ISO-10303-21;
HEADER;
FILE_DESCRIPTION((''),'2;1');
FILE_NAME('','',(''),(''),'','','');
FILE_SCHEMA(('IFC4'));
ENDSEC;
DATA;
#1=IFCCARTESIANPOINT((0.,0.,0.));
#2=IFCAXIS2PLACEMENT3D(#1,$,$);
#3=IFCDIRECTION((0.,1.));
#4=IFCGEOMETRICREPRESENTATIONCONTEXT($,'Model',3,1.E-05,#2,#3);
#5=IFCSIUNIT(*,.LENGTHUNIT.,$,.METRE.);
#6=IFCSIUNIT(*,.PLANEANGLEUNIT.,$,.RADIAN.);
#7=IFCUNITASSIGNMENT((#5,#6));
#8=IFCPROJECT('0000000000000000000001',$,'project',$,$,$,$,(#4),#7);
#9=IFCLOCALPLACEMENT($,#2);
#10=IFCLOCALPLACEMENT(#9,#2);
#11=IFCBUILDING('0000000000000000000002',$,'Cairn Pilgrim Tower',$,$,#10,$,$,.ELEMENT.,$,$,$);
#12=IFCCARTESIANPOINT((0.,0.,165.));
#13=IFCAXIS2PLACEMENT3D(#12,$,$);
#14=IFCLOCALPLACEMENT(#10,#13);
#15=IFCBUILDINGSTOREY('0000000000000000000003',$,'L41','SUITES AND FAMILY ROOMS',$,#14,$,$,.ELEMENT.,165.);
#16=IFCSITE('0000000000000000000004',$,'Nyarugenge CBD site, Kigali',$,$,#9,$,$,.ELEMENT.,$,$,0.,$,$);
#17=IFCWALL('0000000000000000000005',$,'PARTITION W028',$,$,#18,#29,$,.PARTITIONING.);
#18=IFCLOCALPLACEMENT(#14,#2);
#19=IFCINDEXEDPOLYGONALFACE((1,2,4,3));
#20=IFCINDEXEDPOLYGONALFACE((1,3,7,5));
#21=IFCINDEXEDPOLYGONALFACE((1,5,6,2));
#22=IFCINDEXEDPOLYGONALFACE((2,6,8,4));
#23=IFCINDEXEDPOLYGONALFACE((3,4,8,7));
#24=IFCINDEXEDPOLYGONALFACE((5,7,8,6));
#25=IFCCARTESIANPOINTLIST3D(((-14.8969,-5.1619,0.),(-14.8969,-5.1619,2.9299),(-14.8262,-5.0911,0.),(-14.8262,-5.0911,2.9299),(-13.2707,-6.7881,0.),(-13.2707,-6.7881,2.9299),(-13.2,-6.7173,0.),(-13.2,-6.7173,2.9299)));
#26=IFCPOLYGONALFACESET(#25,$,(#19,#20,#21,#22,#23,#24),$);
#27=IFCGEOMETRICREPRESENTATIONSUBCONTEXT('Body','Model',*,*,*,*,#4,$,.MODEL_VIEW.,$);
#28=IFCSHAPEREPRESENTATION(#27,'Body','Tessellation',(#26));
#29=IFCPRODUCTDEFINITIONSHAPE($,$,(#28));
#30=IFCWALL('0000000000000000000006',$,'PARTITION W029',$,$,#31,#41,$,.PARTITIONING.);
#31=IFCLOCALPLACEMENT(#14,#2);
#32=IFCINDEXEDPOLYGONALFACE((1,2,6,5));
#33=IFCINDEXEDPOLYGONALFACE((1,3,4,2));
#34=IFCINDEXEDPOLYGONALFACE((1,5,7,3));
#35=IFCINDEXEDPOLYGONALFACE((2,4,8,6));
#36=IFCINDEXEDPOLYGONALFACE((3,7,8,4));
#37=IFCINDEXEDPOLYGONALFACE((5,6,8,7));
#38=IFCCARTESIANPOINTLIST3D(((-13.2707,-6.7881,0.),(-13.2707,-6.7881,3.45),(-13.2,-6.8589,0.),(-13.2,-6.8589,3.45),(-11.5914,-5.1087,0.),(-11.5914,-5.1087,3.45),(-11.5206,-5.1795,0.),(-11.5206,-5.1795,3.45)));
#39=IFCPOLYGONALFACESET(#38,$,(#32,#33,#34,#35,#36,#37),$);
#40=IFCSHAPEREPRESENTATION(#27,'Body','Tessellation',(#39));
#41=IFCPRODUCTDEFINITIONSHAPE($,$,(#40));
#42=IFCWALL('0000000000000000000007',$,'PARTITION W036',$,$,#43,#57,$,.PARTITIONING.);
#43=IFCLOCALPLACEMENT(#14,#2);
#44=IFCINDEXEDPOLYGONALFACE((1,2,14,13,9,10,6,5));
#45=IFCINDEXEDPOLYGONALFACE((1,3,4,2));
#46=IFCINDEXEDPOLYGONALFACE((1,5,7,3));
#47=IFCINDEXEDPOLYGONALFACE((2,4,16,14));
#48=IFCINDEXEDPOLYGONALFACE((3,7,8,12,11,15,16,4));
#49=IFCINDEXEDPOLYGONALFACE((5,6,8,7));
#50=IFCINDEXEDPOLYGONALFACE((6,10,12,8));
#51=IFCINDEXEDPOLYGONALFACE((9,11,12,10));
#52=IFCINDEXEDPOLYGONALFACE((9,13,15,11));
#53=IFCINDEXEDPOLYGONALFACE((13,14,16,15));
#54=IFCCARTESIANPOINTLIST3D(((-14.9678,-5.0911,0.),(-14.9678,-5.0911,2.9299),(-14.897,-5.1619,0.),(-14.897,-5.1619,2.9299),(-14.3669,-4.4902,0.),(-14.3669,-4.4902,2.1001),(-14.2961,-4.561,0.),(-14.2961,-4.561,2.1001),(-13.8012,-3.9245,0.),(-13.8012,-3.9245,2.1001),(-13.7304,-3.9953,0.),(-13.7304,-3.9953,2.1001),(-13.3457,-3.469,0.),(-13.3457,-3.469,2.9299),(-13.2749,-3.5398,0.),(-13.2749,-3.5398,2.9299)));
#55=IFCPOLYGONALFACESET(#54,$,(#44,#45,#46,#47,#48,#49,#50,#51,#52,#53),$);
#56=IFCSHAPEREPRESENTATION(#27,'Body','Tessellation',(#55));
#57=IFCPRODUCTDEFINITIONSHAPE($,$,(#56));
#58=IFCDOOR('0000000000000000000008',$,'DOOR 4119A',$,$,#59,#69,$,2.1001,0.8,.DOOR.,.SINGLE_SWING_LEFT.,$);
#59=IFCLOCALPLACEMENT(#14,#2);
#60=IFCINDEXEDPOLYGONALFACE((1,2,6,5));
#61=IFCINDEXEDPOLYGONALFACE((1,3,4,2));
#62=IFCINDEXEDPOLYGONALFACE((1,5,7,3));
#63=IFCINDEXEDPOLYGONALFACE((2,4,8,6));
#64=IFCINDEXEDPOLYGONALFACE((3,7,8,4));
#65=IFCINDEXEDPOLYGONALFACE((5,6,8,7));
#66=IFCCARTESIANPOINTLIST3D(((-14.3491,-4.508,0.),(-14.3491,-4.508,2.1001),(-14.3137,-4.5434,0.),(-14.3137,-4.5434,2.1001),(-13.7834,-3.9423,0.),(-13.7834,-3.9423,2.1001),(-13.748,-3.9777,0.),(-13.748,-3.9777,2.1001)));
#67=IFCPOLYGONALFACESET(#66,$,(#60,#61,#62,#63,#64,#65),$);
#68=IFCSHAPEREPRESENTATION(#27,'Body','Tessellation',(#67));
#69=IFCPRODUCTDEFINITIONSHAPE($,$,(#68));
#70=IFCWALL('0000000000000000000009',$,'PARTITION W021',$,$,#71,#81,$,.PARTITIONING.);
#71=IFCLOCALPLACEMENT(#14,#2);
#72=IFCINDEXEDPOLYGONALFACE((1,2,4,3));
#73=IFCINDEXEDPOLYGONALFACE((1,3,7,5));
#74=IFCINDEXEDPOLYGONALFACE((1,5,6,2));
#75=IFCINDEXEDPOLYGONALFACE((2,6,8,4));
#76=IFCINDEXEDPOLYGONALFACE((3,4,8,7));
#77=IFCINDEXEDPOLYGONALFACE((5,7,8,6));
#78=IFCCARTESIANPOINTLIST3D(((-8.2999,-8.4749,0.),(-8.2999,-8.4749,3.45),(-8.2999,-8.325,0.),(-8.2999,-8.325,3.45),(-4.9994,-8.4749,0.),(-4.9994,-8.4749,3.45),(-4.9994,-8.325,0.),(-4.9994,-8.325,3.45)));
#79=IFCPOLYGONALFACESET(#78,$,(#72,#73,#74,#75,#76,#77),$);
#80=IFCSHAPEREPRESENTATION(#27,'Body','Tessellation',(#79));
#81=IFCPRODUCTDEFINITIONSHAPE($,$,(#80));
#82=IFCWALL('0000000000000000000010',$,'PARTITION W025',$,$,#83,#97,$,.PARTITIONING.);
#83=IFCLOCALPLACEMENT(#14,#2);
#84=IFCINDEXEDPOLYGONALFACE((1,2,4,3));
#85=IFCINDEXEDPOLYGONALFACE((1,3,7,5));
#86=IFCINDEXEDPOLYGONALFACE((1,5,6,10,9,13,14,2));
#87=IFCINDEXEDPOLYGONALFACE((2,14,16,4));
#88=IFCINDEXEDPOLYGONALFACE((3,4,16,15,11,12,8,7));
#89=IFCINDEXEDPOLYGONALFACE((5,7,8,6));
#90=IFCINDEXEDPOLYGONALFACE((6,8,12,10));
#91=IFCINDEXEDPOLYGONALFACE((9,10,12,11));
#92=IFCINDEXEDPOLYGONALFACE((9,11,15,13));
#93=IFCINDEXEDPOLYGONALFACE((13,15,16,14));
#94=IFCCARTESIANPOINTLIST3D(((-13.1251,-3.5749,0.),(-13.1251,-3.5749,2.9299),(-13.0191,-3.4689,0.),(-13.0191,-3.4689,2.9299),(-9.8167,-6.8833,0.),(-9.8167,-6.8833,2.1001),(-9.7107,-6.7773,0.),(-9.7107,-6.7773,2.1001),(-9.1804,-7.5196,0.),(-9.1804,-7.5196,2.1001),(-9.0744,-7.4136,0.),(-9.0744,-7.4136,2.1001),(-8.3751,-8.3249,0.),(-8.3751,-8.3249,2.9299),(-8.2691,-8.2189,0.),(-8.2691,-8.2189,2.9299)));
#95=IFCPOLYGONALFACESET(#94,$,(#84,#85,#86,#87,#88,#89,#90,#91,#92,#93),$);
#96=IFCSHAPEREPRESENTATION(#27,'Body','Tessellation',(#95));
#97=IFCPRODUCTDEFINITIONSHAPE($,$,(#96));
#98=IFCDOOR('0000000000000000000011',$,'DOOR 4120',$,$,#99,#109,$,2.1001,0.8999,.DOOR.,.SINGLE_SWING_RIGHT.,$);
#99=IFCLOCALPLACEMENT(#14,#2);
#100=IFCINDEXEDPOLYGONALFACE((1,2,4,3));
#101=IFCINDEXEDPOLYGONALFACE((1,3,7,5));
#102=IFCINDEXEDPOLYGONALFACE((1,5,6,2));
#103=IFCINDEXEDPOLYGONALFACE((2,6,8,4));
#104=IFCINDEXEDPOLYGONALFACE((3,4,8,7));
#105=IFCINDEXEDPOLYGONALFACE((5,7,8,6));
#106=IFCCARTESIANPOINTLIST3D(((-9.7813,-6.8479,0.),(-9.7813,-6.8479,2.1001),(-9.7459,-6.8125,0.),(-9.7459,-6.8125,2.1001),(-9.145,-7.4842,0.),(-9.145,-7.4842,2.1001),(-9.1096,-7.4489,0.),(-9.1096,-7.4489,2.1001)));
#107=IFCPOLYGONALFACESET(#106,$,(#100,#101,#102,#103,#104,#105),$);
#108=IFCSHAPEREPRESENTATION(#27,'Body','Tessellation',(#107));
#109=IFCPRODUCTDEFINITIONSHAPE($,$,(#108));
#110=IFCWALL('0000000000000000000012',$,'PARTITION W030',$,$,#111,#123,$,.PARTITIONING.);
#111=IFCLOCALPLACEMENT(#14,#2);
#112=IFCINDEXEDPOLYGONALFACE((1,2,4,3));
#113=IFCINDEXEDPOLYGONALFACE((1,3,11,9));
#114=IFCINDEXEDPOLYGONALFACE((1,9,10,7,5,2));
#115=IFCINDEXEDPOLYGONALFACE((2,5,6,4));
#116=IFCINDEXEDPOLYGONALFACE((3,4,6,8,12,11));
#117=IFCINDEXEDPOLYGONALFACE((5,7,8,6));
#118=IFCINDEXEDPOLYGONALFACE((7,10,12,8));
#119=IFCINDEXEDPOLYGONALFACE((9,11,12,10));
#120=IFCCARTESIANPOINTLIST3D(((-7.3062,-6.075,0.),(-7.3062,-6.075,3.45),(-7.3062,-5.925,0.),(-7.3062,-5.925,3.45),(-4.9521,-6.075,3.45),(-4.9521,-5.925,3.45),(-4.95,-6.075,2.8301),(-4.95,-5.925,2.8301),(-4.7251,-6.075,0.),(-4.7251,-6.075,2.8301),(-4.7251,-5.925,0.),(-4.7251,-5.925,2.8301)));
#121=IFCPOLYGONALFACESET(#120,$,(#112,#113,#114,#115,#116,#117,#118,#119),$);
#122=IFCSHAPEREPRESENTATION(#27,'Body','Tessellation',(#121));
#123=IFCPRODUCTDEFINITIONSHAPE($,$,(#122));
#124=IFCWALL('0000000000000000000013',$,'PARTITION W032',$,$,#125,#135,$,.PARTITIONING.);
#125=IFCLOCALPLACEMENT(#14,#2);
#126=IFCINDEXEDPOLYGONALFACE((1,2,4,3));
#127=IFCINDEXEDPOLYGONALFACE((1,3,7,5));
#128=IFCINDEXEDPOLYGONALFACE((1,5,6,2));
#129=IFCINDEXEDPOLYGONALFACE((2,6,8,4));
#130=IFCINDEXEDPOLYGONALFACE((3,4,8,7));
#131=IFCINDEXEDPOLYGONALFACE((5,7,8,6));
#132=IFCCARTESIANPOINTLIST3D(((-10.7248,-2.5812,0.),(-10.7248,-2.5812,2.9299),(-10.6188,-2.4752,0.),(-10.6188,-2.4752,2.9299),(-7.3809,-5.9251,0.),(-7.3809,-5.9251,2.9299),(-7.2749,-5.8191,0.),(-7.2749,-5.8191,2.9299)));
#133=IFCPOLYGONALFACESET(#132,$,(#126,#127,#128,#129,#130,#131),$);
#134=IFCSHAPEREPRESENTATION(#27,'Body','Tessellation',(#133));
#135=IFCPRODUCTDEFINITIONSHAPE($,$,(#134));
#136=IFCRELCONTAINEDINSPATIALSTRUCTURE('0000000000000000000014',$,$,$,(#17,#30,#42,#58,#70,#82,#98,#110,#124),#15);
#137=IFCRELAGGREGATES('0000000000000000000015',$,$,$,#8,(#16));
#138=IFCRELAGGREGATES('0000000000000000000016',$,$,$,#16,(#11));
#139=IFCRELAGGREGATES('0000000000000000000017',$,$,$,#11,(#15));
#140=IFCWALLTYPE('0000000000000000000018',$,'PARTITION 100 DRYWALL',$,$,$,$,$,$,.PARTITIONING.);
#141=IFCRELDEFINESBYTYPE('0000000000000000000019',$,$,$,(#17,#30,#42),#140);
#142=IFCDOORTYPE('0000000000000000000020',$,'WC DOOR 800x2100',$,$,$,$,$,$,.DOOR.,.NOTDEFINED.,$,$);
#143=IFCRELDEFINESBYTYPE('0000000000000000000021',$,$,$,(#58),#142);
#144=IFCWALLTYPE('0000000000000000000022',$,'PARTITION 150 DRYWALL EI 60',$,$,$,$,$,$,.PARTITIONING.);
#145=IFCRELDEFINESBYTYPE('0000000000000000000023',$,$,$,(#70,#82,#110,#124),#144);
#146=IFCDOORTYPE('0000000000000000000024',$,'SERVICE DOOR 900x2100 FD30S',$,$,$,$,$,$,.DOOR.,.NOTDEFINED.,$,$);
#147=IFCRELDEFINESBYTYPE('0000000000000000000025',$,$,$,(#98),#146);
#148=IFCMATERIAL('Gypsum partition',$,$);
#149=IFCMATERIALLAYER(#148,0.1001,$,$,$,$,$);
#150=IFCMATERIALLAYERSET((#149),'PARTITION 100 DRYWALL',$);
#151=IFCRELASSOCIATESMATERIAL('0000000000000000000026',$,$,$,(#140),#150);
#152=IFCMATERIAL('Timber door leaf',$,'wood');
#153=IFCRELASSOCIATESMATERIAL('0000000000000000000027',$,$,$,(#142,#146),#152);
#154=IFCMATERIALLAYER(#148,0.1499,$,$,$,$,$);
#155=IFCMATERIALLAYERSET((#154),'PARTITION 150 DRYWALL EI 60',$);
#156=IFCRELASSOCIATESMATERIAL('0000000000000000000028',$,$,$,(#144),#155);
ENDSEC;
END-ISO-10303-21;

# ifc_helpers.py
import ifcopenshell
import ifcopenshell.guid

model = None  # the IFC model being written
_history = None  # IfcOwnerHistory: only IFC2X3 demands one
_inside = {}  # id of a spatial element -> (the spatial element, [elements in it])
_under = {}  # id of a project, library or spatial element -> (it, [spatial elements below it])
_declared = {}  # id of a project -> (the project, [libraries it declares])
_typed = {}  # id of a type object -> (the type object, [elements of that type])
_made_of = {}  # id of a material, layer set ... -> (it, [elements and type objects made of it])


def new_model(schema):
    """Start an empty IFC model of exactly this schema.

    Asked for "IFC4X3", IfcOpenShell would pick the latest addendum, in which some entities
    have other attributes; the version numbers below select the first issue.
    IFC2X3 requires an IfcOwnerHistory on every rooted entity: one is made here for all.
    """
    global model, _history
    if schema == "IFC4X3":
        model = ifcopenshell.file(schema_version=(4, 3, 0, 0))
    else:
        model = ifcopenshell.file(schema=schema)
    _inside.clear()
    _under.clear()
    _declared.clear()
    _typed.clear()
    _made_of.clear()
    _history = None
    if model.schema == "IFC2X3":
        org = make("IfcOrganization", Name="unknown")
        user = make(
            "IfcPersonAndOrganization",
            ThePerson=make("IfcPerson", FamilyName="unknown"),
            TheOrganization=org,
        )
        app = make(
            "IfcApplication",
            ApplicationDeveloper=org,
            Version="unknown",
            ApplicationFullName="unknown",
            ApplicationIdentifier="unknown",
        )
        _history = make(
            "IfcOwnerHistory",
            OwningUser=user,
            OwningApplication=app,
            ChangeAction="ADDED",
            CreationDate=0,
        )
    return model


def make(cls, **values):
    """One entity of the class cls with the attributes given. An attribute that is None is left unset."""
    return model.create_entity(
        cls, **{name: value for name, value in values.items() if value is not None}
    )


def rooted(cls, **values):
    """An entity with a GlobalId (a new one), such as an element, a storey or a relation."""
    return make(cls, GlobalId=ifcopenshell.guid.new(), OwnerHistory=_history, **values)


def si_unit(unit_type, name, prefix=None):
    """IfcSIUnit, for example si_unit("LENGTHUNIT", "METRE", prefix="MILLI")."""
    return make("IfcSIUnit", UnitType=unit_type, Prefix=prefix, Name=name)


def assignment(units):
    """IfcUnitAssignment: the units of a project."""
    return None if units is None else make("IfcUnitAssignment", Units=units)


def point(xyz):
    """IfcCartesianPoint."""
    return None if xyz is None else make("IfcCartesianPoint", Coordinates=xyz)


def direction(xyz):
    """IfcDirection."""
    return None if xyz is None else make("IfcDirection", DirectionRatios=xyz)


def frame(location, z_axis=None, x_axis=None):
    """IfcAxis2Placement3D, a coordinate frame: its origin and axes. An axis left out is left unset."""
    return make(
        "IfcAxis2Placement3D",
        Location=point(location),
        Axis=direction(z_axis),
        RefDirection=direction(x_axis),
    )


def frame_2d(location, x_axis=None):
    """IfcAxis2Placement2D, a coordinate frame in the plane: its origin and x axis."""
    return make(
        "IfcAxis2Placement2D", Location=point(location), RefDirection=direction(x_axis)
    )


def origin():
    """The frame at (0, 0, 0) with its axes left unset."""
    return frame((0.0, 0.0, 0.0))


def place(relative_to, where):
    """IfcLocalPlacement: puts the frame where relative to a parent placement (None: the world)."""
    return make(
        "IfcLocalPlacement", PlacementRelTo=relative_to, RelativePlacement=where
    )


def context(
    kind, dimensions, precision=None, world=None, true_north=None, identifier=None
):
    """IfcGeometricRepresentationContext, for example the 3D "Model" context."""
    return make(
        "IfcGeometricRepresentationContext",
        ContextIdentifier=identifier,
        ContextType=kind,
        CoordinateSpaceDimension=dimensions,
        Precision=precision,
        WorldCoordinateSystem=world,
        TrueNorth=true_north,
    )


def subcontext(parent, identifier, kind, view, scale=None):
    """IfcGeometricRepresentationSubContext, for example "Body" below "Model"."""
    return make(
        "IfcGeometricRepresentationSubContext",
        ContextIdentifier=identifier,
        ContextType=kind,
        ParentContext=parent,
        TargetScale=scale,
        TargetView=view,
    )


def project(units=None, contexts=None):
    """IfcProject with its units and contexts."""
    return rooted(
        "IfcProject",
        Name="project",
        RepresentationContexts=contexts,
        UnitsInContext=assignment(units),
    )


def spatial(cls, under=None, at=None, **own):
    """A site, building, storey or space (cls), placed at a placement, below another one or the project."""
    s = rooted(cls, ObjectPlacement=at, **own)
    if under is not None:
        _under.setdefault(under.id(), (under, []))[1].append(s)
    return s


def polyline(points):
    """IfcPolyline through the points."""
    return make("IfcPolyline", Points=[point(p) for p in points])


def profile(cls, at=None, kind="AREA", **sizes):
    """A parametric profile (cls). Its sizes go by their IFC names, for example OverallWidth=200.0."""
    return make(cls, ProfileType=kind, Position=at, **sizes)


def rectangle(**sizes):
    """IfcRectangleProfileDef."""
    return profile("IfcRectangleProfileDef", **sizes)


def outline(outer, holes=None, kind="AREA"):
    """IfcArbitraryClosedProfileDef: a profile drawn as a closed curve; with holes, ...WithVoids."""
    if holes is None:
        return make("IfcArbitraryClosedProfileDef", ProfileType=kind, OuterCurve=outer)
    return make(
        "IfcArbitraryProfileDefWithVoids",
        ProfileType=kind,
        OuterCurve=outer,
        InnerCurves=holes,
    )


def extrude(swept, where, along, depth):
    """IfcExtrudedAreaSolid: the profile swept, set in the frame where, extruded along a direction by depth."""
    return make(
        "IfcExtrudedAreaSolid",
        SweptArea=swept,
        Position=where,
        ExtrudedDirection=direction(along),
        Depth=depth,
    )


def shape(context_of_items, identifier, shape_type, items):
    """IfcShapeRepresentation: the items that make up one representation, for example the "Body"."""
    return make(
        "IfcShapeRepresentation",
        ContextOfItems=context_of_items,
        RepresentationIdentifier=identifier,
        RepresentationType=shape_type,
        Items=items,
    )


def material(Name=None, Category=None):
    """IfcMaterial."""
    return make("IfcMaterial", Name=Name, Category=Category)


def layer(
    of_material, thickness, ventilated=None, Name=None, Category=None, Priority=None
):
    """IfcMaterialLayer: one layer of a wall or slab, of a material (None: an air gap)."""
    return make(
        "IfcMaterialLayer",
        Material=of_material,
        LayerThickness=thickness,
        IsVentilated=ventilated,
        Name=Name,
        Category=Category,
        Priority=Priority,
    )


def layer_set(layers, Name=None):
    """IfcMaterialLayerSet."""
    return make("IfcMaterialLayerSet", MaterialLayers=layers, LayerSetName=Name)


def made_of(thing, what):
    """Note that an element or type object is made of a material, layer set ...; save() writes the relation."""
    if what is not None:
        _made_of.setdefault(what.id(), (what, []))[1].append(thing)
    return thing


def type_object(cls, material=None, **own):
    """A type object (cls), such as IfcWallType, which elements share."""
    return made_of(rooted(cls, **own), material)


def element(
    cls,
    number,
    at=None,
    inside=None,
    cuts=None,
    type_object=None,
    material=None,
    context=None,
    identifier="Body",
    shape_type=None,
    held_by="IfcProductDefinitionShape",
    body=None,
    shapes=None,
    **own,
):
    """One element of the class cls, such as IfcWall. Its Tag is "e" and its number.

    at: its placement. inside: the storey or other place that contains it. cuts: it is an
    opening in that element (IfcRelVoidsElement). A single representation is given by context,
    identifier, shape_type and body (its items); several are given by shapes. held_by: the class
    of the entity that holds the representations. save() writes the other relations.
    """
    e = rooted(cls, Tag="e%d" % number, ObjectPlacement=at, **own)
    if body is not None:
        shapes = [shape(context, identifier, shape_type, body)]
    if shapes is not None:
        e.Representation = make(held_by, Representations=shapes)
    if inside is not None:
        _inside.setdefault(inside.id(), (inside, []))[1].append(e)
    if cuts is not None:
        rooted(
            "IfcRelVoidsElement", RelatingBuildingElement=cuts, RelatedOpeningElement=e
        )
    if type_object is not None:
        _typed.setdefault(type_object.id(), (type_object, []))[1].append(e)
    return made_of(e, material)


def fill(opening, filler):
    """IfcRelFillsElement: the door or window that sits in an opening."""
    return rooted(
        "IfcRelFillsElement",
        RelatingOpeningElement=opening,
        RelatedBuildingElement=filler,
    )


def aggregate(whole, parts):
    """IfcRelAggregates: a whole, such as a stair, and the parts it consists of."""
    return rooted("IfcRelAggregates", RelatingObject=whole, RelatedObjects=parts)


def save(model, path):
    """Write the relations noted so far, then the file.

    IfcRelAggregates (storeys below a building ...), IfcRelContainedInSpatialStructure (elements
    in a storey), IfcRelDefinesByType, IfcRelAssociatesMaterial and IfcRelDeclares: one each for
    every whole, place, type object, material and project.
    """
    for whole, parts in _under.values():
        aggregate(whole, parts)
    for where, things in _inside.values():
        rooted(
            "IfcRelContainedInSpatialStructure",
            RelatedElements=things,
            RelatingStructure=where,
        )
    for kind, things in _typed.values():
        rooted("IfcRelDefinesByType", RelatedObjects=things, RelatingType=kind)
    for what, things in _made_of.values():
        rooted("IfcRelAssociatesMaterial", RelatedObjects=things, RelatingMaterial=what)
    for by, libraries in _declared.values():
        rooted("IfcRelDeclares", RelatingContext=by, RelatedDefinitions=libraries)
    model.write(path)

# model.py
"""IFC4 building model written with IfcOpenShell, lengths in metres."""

from ifc_helpers import new_model, si_unit, direction, frame, frame_2d, origin, place, context, subcontext, project, spatial, polyline, rectangle, outline, extrude, material, layer, layer_set, type_object, element, fill, save


model = new_model("IFC4")

# Units and contexts
model_context = context("Model", 3, precision=1e-05, world=origin(), true_north=direction((0.0, 1.0)))
body_context = subcontext(model_context, "Body", "Model", "MODEL_VIEW")
ifc_project = project(units=[si_unit("LENGTHUNIT", "METRE"), si_unit("PLANEANGLEUNIT", "RADIAN")], contexts=[model_context])

# Site, building, storey
site_placement = place(None, origin())
site = spatial("IfcSite", under=ifc_project, at=site_placement, Name="Nyarugenge CBD site, Kigali", CompositionType="ELEMENT", RefElevation=0.0)
building_placement = place(site_placement, origin())
building = spatial("IfcBuilding", under=site, at=building_placement, Name="Cairn Pilgrim Tower", CompositionType="ELEMENT")
storey_placement = place(building_placement, frame((0.0, 0.0, 165.0)))
storey = spatial("IfcBuildingStorey", under=building, at=storey_placement, Name="L41", Description="SUITES AND FAMILY ROOMS", CompositionType="ELEMENT", Elevation=165.0)

# Walls
ifc_material_1 = material(Name="Gypsum partition")
ifc_layer_1 = layer(ifc_material_1, 0.1001)
ifc_layer_set_1 = layer_set([ifc_layer_1], Name="PARTITION 100 DRYWALL")
wall_type_1 = type_object("IfcWallType", Name="PARTITION 100 DRYWALL", PredefinedType="PARTITIONING", material=ifc_layer_set_1)
wall_1_placement = place(storey_placement, frame((-13.2354, -6.7527, 0.0), z_axis=(0.0, 0.0, 1.0), x_axis=(-0.707107, 0.707107, 0.0)))
element("IfcWall", 1, at=wall_1_placement, inside=storey, type_object=wall_type_1, Name="PARTITION W028", PredefinedType="PARTITIONING", context=body_context, shape_type="SweptSolid", body=[
    extrude(rectangle(XDim=2.2998, YDim=0.1001, at=frame_2d((1.1499, 0.0))), origin(), (0.0, 0.0, 1.0), 2.9299),
])
wall_2_placement = place(storey_placement, frame((-13.2354, -6.8235, 0.0), z_axis=(0.0, 0.0, 1.0), x_axis=(0.707107, 0.707107, 0.0)))
element("IfcWall", 2, at=wall_2_placement, inside=storey, type_object=wall_type_1, Name="PARTITION W029", PredefinedType="PARTITIONING", context=body_context, shape_type="SweptSolid", body=[
    extrude(rectangle(XDim=2.375, YDim=0.1001, at=frame_2d((1.1875, 0.0))), origin(), (0.0, 0.0, 1.0), 3.45),
])

# Wall, opening, door
wall_3_placement = place(storey_placement, frame((-14.9324, -5.1265, 0.0), z_axis=(0.0, 0.0, 1.0), x_axis=(0.707107, 0.707107, 0.0)))
wall_3 = element("IfcWall", 3, at=wall_3_placement, inside=storey, type_object=wall_type_1, Name="PARTITION W036", PredefinedType="PARTITIONING", context=body_context, shape_type="SweptSolid", body=[
    extrude(rectangle(XDim=2.2939, YDim=0.1001, at=frame_2d((1.147, 0.0))), origin(), (0.0, 0.0, 1.0), 2.9299),
])
opening_1_placement = place(wall_3_placement, frame((0.8499, 0.0, 0.0)))
opening_1 = element("IfcOpeningElement", 4, at=opening_1_placement, cuts=wall_3, PredefinedType="OPENING", context=body_context, shape_type="SweptSolid", body=[
    extrude(rectangle(XDim=0.8, YDim=2.1001, at=frame_2d((0.3999, 1.05))), frame((0.0, 0.0601, 0.0), z_axis=(0.0, -1.0, 0.0), x_axis=(1.0, 0.0, 0.0)), (0.0, 0.0, 1.0), 0.1201),
])
ifc_material_2 = material(Name="Timber door leaf", Category="wood")
door_type_1 = type_object("IfcDoorType", Name="WC DOOR 800x2100", OperationType="NOTDEFINED", PredefinedType="DOOR", material=ifc_material_2)
door_1_placement = place(opening_1_placement, origin())
door_1 = element("IfcDoor", 5, at=door_1_placement, inside=storey, type_object=door_type_1, Name="DOOR 4119A", OperationType="SINGLE_SWING_LEFT", OverallHeight=2.1001, OverallWidth=0.8, PredefinedType="DOOR", context=body_context, shape_type="SweptSolid", body=[
    extrude(rectangle(XDim=0.8, YDim=2.1001, at=frame_2d((0.3999, 1.05))), frame((0.0, 0.0249, 0.0), z_axis=(0.0, -1.0, 0.0), x_axis=(1.0, 0.0, 0.0)), (0.0, 0.0, 1.0), 0.05),
])
fill(opening_1, door_1)

# Wall
ifc_layer_2 = layer(ifc_material_1, 0.1499)
ifc_layer_set_2 = layer_set([ifc_layer_2], Name="PARTITION 150 DRYWALL EI 60")
wall_type_2 = type_object("IfcWallType", Name="PARTITION 150 DRYWALL EI 60", PredefinedType="PARTITIONING", material=ifc_layer_set_2)
wall_4_placement = place(storey_placement, frame((-8.3, -8.3999, 0.0), z_axis=(0.0, 0.0, 1.0), x_axis=(1.0, 0.0, 0.0)))
element("IfcWall", 6, at=wall_4_placement, inside=storey, type_object=wall_type_2, Name="PARTITION W021", PredefinedType="PARTITIONING", context=body_context, shape_type="SweptSolid", body=[
    extrude(rectangle(XDim=3.3005, YDim=0.1499, at=frame_2d((1.6504, 0.0))), origin(), (0.0, 0.0, 1.0), 3.45),
])

# Wall, opening, door
wall_5_placement = place(storey_placement, frame((-8.322, -8.272, 0.0), z_axis=(0.0, 0.0, 1.0), x_axis=(-0.707107, 0.707107, 0.0)))
wall_5 = element("IfcWall", 7, at=wall_5_placement, inside=storey, type_object=wall_type_2, Name="PARTITION W025", PredefinedType="PARTITIONING", context=body_context, shape_type="SweptSolid", body=[
    extrude(rectangle(XDim=6.7175, YDim=0.1499, at=frame_2d((3.3589, 0.0))), origin(), (0.0, 0.0, 1.0), 2.9299),
])
opening_2_placement = place(wall_5_placement, frame((1.1389, 0.0, 0.0)))
opening_2 = element("IfcOpeningElement", 8, at=opening_2_placement, cuts=wall_5, PredefinedType="OPENING", context=body_context, shape_type="SweptSolid", body=[
    extrude(rectangle(XDim=0.8999, YDim=2.1001, at=frame_2d((0.45, 1.05))), frame((0.0, 0.085, 0.0), z_axis=(0.0, -1.0, 0.0), x_axis=(1.0, 0.0, 0.0)), (0.0, 0.0, 1.0), 0.1699),
])
door_type_2 = type_object("IfcDoorType", Name="SERVICE DOOR 900x2100 FD30S", OperationType="NOTDEFINED", PredefinedType="DOOR", material=ifc_material_2)
door_2_placement = place(opening_2_placement, origin())
door_2 = element("IfcDoor", 9, at=door_2_placement, inside=storey, type_object=door_type_2, Name="DOOR 4120", OperationType="SINGLE_SWING_RIGHT", OverallHeight=2.1001, OverallWidth=0.8999, PredefinedType="DOOR", context=body_context, shape_type="SweptSolid", body=[
    extrude(rectangle(XDim=0.8999, YDim=2.1001, at=frame_2d((0.45, 1.05))), frame((0.0, 0.0249, 0.0), z_axis=(0.0, -1.0, 0.0), x_axis=(1.0, 0.0, 0.0)), (0.0, 0.0, 1.0), 0.05),
])
fill(opening_2, door_2)

# Walls
wall_6_placement = place(storey_placement, frame((-7.3062, -6.0, 0.0), z_axis=(0.0, 0.0, 1.0), x_axis=(1.0, 0.0, 0.0)))
element("IfcWall", 10, at=wall_6_placement, inside=storey, type_object=wall_type_2, Name="PARTITION W030", PredefinedType="PARTITIONING", context=body_context, shape_type="SweptSolid", body=[
    extrude(outline(polyline([(0.0, 0.0), (2.5811, 0.0), (2.5811, 2.8301), (2.3562, 2.8301), (2.354, 3.45), (0.0, 3.45), (0.0, 0.0)])), frame((0.0, 0.075, 0.0), z_axis=(0.0, -1.0, 0.0), x_axis=(1.0, 0.0, 0.0)), (0.0, 0.0, 1.0), 0.1499),
])
wall_7_placement = place(storey_placement, frame((-7.3279, -5.8721, 0.0), z_axis=(0.0, 0.0, 1.0), x_axis=(-0.707107, 0.707107, 0.0)))
element("IfcWall", 11, at=wall_7_placement, inside=storey, type_object=wall_type_2, Name="PARTITION W032", PredefinedType="PARTITIONING", context=body_context, shape_type="SweptSolid", body=[
    extrude(rectangle(XDim=4.729, YDim=0.1499, at=frame_2d((2.3645, 0.0))), origin(), (0.0, 0.0, 1.0), 2.9299),
])

save(model, "model.ifc")
